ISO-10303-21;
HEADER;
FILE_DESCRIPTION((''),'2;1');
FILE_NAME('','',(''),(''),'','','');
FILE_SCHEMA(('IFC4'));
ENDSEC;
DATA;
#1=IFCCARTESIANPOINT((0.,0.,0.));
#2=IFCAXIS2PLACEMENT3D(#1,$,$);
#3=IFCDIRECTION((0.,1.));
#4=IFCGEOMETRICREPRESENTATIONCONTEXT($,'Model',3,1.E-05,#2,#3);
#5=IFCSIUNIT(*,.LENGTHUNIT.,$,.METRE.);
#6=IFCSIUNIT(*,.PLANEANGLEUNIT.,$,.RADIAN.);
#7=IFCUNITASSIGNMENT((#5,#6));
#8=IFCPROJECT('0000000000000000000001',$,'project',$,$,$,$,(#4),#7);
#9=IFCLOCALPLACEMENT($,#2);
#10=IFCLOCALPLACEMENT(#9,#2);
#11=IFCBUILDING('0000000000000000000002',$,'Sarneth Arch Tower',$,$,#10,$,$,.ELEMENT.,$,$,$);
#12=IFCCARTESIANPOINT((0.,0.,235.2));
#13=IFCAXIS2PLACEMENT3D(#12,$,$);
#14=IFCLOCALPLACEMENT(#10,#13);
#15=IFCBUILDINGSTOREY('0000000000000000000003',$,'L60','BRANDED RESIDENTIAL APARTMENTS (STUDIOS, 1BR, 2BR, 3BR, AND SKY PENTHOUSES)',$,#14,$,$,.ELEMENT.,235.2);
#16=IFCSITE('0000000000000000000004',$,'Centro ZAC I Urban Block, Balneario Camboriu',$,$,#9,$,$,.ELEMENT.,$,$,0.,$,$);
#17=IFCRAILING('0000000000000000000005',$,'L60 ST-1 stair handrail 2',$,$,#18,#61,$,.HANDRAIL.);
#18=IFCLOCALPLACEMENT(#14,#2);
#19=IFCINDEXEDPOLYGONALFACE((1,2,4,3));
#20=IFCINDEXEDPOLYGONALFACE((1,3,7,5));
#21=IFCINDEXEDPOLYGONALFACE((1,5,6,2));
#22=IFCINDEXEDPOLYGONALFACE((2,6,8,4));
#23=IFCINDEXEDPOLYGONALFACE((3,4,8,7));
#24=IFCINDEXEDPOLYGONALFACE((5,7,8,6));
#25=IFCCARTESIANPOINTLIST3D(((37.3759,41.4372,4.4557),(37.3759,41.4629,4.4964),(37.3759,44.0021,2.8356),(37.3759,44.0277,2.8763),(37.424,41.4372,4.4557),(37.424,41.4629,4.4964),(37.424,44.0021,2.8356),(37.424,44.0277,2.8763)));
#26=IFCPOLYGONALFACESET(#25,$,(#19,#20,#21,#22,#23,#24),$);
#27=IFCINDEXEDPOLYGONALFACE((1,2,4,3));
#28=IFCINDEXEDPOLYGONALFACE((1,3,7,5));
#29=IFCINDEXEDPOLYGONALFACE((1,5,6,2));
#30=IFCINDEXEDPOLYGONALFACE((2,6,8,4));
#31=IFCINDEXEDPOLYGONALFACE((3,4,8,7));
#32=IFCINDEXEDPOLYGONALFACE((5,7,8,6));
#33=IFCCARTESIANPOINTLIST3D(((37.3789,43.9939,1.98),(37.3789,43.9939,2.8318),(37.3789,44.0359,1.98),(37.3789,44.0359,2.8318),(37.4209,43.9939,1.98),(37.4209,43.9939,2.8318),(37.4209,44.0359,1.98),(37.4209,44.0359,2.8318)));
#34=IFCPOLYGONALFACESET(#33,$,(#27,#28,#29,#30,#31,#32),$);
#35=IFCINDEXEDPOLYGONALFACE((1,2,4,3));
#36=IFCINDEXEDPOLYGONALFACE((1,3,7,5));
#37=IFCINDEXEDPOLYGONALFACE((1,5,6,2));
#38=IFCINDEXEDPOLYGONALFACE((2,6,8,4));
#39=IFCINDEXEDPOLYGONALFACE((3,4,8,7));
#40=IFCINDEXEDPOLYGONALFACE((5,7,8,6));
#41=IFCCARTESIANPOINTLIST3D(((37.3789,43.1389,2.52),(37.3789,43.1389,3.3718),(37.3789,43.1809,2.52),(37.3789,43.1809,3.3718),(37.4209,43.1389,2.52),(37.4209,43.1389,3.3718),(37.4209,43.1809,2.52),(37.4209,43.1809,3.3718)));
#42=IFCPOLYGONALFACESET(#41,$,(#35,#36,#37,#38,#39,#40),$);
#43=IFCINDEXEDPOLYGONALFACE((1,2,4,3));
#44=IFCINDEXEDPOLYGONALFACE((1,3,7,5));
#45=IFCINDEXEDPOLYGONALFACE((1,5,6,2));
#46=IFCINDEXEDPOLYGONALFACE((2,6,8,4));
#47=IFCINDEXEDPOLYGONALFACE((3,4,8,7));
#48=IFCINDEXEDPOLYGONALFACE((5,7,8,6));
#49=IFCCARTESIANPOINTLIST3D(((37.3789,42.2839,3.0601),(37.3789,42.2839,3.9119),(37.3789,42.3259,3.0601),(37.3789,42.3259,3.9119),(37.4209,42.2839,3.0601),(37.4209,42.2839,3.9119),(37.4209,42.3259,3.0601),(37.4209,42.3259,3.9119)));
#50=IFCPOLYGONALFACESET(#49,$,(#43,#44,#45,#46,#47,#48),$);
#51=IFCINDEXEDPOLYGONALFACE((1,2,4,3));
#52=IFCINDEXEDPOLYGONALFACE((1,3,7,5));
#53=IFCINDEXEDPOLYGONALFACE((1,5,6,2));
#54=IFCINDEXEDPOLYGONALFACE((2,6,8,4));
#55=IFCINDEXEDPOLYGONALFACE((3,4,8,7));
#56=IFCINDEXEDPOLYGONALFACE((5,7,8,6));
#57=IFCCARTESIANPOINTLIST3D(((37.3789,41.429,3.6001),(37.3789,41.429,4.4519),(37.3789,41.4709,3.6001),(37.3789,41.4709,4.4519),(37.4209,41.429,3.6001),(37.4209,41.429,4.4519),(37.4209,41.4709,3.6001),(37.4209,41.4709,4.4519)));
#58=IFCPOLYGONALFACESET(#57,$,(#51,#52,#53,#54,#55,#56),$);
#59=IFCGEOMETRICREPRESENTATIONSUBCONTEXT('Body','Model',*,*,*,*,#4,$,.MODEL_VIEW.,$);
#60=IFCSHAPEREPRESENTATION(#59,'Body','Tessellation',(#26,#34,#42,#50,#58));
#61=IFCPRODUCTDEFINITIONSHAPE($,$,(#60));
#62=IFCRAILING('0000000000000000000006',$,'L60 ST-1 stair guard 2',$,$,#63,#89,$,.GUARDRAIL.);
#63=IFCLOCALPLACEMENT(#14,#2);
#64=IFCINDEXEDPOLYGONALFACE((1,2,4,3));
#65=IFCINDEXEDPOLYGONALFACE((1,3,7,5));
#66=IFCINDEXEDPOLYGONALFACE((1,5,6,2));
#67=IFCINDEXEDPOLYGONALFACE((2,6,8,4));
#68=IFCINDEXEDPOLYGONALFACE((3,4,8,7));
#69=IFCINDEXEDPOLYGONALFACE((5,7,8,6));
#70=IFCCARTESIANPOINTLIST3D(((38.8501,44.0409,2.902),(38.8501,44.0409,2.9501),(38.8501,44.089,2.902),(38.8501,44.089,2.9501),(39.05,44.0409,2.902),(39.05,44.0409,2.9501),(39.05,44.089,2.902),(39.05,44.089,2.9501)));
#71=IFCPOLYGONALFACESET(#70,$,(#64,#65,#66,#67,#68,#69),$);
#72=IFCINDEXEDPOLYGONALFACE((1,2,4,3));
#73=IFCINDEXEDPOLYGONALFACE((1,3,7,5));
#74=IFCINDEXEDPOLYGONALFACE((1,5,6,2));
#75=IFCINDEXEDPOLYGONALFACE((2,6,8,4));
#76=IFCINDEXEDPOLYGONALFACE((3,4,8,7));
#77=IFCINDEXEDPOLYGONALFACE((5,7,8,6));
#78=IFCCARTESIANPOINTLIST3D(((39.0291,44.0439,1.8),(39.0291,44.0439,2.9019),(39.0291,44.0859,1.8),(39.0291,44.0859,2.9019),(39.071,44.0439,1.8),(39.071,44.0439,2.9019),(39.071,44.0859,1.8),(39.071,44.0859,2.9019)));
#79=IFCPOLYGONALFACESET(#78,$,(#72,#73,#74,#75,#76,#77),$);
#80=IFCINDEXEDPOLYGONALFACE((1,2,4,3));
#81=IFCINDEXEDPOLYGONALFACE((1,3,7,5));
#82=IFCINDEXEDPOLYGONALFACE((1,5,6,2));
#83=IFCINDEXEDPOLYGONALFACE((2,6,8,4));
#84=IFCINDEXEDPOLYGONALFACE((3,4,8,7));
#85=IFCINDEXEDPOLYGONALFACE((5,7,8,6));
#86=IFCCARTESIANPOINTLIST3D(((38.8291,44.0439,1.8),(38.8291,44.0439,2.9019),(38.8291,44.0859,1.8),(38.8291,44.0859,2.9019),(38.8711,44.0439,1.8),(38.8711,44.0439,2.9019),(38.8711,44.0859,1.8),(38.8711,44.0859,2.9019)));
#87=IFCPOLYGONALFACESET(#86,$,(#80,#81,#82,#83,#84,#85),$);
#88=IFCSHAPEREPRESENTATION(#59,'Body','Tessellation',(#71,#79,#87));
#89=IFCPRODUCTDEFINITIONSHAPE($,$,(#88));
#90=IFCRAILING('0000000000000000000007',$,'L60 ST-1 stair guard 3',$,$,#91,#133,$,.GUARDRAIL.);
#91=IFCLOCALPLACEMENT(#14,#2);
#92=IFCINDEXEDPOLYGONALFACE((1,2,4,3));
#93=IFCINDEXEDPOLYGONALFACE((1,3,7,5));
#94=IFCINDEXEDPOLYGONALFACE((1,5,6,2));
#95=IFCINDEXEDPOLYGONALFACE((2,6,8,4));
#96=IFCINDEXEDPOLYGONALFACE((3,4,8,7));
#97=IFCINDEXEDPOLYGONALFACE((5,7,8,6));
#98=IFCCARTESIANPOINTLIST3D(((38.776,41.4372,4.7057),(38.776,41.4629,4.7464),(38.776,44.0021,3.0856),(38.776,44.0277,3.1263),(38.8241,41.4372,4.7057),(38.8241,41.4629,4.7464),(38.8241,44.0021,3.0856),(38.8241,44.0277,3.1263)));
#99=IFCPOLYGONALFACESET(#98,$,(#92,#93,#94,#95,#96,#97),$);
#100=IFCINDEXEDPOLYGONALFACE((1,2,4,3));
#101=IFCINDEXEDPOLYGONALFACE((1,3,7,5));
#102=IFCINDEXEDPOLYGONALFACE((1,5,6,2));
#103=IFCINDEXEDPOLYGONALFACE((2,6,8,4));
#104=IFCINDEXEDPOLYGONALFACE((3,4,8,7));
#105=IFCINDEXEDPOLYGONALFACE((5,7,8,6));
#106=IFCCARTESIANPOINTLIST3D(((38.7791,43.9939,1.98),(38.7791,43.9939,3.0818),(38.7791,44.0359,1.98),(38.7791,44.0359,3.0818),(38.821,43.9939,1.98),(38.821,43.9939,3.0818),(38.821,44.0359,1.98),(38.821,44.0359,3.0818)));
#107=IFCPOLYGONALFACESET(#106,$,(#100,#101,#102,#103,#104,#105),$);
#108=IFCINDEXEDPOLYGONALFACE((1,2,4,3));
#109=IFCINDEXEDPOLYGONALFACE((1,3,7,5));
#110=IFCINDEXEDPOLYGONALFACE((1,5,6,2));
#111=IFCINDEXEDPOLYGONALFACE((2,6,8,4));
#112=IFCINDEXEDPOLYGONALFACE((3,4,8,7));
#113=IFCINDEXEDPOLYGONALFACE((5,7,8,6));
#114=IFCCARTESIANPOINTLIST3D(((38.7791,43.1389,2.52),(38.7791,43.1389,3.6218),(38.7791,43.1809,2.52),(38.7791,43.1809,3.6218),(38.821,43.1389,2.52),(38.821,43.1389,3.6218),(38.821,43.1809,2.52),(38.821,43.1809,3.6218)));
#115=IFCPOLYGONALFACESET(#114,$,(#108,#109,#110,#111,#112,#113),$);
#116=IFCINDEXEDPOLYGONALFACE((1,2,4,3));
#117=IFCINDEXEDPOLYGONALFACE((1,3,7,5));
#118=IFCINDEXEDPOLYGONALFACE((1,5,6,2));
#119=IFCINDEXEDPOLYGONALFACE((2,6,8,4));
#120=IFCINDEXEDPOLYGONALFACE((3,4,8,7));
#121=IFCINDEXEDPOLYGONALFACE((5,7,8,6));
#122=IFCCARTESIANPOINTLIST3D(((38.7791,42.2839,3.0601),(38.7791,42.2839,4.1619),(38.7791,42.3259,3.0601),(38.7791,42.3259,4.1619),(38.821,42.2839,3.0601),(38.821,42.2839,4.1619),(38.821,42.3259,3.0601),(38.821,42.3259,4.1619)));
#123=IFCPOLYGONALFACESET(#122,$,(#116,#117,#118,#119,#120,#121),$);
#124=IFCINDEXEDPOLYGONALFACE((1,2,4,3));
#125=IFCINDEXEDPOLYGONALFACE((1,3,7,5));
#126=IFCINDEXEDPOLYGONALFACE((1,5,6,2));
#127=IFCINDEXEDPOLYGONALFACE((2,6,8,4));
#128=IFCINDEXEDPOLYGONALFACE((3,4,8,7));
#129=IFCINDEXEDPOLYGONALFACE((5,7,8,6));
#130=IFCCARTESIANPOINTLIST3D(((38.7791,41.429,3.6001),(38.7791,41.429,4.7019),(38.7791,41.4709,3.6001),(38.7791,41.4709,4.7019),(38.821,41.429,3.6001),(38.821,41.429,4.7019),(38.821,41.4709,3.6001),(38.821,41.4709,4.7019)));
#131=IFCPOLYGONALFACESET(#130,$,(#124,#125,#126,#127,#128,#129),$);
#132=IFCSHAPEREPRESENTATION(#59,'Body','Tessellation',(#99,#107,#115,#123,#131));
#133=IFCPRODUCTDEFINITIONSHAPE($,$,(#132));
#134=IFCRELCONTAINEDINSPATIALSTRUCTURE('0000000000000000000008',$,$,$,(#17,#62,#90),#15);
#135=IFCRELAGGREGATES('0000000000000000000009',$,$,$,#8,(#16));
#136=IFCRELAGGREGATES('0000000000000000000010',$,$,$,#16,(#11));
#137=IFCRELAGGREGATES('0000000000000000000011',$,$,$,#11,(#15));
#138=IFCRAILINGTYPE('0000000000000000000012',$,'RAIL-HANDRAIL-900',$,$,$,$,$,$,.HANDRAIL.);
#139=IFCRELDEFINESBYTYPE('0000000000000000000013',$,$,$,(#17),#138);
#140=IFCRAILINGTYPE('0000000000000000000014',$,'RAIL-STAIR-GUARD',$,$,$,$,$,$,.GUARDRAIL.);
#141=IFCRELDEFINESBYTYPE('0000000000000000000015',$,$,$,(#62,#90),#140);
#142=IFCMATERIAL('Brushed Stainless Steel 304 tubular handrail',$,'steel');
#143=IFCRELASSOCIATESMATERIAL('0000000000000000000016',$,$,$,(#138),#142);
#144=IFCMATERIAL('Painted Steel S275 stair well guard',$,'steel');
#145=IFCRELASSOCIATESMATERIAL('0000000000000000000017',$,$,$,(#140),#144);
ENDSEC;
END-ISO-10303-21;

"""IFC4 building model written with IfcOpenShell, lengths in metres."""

from ifc_helpers import new_model, si_unit, direction, frame, origin, origin_2d, place, context, subcontext, project, spatial, rectangle, extrude, material, type_object, element, save


model = new_model("IFC4")

# Units and contexts
model_context = context("Model", 3, precision=1e-05, world=origin(), true_north=direction((0.0, 1.0)))
body_context = subcontext(model_context, "Body", "Model", "MODEL_VIEW")
ifc_project = project(units=[si_unit("LENGTHUNIT", "METRE"), si_unit("PLANEANGLEUNIT", "RADIAN")], contexts=[model_context])

# Site, building, storey
site_placement = place(None, origin())
site = spatial("IfcSite", under=ifc_project, at=site_placement, Name="Centro ZAC I Urban Block, Balneario Camboriu", CompositionType="ELEMENT", RefElevation=0.0)
building_placement = place(site_placement, origin())
building = spatial("IfcBuilding", under=site, at=building_placement, Name="Sarneth Arch Tower", CompositionType="ELEMENT")
storey_placement = place(building_placement, frame((0.0, 0.0, 235.2)))
storey = spatial("IfcBuildingStorey", under=building, at=storey_placement, Name="L60", Description="BRANDED RESIDENTIAL APARTMENTS (STUDIOS, 1BR, 2BR, 3BR, AND SKY PENTHOUSES)", CompositionType="ELEMENT", Elevation=235.2)

# Railings
ifc_material_1 = material(Name="Brushed Stainless Steel 304 tubular handrail", Category="steel")
railing_type_1 = type_object("IfcRailingType", Name="RAIL-HANDRAIL-900", PredefinedType="HANDRAIL", material=ifc_material_1)
railing_1_placement = place(storey_placement, frame((37.3999, 44.0149, 1.98)))
element("IfcRailing", 1, at=railing_1_placement, inside=storey, type_object=railing_type_1, Name="L60 ST-1 stair handrail 2", PredefinedType="HANDRAIL", context=body_context, shape_type="SweptSolid", body=[
    extrude(rectangle(XDim=0.0481, YDim=0.0481, at=origin_2d()), frame((0.0, 0.0, 0.876), z_axis=(0.0, -0.845466, 0.534029), x_axis=(1.0, 0.0, 0.0)), (0.0, 0.0, 1.0), 3.0337),
    extrude(rectangle(XDim=0.042, YDim=0.042, at=origin_2d()), origin(), (0.0, 0.0, 1.0), 0.8518),
    extrude(rectangle(XDim=0.042, YDim=0.042, at=origin_2d()), frame((0.0, -0.855, 0.54)), (0.0, 0.0, 1.0), 0.8518),
    extrude(rectangle(XDim=0.042, YDim=0.042, at=origin_2d()), frame((0.0, -1.71, 1.0801)), (0.0, 0.0, 1.0), 0.8518),
    extrude(rectangle(XDim=0.042, YDim=0.042, at=origin_2d()), frame((0.0, -2.5649, 1.6201)), (0.0, 0.0, 1.0), 0.8518),
])
ifc_material_2 = material(Name="Painted Steel S275 stair well guard", Category="steel")
railing_type_2 = type_object("IfcRailingType", Name="RAIL-STAIR-GUARD", PredefinedType="GUARDRAIL", material=ifc_material_2)
railing_2_placement = place(storey_placement, frame((39.05, 44.0649, 1.8)))
element("IfcRailing", 2, at=railing_2_placement, inside=storey, type_object=railing_type_2, Name="L60 ST-1 stair guard 2", PredefinedType="GUARDRAIL", context=body_context, shape_type="SweptSolid", body=[
    extrude(rectangle(XDim=0.0481, YDim=0.0481, at=origin_2d()), frame((0.0, 0.0, 1.126), z_axis=(-1.0, 0.0, 0.0), x_axis=(0.0, -1.0, 0.0)), (0.0, 0.0, 1.0), 0.2),
    extrude(rectangle(XDim=0.042, YDim=0.042, at=origin_2d()), origin(), (0.0, 0.0, 1.0), 1.1018),
    extrude(rectangle(XDim=0.042, YDim=0.042, at=origin_2d()), frame((-0.2, 0.0, 0.0)), (0.0, 0.0, 1.0), 1.1018),
])
railing_3_placement = place(storey_placement, frame((38.8, 44.0149, 1.98)))
element("IfcRailing", 3, at=railing_3_placement, inside=storey, type_object=railing_type_2, Name="L60 ST-1 stair guard 3", PredefinedType="GUARDRAIL", context=body_context, shape_type="SweptSolid", body=[
    extrude(rectangle(XDim=0.0481, YDim=0.0481, at=origin_2d()), frame((0.0, 0.0, 1.126), z_axis=(0.0, -0.845466, 0.534029), x_axis=(1.0, 0.0, 0.0)), (0.0, 0.0, 1.0), 3.0337),
    extrude(rectangle(XDim=0.042, YDim=0.042, at=origin_2d()), origin(), (0.0, 0.0, 1.0), 1.1018),
    extrude(rectangle(XDim=0.042, YDim=0.042, at=origin_2d()), frame((0.0, -0.855, 0.54)), (0.0, 0.0, 1.0), 1.1018),
    extrude(rectangle(XDim=0.042, YDim=0.042, at=origin_2d()), frame((0.0, -1.71, 1.0801)), (0.0, 0.0, 1.0), 1.1018),
    extrude(rectangle(XDim=0.042, YDim=0.042, at=origin_2d()), frame((0.0, -2.5649, 1.6201)), (0.0, 0.0, 1.0), 1.1018),
])

save(model, "model.ifc")
